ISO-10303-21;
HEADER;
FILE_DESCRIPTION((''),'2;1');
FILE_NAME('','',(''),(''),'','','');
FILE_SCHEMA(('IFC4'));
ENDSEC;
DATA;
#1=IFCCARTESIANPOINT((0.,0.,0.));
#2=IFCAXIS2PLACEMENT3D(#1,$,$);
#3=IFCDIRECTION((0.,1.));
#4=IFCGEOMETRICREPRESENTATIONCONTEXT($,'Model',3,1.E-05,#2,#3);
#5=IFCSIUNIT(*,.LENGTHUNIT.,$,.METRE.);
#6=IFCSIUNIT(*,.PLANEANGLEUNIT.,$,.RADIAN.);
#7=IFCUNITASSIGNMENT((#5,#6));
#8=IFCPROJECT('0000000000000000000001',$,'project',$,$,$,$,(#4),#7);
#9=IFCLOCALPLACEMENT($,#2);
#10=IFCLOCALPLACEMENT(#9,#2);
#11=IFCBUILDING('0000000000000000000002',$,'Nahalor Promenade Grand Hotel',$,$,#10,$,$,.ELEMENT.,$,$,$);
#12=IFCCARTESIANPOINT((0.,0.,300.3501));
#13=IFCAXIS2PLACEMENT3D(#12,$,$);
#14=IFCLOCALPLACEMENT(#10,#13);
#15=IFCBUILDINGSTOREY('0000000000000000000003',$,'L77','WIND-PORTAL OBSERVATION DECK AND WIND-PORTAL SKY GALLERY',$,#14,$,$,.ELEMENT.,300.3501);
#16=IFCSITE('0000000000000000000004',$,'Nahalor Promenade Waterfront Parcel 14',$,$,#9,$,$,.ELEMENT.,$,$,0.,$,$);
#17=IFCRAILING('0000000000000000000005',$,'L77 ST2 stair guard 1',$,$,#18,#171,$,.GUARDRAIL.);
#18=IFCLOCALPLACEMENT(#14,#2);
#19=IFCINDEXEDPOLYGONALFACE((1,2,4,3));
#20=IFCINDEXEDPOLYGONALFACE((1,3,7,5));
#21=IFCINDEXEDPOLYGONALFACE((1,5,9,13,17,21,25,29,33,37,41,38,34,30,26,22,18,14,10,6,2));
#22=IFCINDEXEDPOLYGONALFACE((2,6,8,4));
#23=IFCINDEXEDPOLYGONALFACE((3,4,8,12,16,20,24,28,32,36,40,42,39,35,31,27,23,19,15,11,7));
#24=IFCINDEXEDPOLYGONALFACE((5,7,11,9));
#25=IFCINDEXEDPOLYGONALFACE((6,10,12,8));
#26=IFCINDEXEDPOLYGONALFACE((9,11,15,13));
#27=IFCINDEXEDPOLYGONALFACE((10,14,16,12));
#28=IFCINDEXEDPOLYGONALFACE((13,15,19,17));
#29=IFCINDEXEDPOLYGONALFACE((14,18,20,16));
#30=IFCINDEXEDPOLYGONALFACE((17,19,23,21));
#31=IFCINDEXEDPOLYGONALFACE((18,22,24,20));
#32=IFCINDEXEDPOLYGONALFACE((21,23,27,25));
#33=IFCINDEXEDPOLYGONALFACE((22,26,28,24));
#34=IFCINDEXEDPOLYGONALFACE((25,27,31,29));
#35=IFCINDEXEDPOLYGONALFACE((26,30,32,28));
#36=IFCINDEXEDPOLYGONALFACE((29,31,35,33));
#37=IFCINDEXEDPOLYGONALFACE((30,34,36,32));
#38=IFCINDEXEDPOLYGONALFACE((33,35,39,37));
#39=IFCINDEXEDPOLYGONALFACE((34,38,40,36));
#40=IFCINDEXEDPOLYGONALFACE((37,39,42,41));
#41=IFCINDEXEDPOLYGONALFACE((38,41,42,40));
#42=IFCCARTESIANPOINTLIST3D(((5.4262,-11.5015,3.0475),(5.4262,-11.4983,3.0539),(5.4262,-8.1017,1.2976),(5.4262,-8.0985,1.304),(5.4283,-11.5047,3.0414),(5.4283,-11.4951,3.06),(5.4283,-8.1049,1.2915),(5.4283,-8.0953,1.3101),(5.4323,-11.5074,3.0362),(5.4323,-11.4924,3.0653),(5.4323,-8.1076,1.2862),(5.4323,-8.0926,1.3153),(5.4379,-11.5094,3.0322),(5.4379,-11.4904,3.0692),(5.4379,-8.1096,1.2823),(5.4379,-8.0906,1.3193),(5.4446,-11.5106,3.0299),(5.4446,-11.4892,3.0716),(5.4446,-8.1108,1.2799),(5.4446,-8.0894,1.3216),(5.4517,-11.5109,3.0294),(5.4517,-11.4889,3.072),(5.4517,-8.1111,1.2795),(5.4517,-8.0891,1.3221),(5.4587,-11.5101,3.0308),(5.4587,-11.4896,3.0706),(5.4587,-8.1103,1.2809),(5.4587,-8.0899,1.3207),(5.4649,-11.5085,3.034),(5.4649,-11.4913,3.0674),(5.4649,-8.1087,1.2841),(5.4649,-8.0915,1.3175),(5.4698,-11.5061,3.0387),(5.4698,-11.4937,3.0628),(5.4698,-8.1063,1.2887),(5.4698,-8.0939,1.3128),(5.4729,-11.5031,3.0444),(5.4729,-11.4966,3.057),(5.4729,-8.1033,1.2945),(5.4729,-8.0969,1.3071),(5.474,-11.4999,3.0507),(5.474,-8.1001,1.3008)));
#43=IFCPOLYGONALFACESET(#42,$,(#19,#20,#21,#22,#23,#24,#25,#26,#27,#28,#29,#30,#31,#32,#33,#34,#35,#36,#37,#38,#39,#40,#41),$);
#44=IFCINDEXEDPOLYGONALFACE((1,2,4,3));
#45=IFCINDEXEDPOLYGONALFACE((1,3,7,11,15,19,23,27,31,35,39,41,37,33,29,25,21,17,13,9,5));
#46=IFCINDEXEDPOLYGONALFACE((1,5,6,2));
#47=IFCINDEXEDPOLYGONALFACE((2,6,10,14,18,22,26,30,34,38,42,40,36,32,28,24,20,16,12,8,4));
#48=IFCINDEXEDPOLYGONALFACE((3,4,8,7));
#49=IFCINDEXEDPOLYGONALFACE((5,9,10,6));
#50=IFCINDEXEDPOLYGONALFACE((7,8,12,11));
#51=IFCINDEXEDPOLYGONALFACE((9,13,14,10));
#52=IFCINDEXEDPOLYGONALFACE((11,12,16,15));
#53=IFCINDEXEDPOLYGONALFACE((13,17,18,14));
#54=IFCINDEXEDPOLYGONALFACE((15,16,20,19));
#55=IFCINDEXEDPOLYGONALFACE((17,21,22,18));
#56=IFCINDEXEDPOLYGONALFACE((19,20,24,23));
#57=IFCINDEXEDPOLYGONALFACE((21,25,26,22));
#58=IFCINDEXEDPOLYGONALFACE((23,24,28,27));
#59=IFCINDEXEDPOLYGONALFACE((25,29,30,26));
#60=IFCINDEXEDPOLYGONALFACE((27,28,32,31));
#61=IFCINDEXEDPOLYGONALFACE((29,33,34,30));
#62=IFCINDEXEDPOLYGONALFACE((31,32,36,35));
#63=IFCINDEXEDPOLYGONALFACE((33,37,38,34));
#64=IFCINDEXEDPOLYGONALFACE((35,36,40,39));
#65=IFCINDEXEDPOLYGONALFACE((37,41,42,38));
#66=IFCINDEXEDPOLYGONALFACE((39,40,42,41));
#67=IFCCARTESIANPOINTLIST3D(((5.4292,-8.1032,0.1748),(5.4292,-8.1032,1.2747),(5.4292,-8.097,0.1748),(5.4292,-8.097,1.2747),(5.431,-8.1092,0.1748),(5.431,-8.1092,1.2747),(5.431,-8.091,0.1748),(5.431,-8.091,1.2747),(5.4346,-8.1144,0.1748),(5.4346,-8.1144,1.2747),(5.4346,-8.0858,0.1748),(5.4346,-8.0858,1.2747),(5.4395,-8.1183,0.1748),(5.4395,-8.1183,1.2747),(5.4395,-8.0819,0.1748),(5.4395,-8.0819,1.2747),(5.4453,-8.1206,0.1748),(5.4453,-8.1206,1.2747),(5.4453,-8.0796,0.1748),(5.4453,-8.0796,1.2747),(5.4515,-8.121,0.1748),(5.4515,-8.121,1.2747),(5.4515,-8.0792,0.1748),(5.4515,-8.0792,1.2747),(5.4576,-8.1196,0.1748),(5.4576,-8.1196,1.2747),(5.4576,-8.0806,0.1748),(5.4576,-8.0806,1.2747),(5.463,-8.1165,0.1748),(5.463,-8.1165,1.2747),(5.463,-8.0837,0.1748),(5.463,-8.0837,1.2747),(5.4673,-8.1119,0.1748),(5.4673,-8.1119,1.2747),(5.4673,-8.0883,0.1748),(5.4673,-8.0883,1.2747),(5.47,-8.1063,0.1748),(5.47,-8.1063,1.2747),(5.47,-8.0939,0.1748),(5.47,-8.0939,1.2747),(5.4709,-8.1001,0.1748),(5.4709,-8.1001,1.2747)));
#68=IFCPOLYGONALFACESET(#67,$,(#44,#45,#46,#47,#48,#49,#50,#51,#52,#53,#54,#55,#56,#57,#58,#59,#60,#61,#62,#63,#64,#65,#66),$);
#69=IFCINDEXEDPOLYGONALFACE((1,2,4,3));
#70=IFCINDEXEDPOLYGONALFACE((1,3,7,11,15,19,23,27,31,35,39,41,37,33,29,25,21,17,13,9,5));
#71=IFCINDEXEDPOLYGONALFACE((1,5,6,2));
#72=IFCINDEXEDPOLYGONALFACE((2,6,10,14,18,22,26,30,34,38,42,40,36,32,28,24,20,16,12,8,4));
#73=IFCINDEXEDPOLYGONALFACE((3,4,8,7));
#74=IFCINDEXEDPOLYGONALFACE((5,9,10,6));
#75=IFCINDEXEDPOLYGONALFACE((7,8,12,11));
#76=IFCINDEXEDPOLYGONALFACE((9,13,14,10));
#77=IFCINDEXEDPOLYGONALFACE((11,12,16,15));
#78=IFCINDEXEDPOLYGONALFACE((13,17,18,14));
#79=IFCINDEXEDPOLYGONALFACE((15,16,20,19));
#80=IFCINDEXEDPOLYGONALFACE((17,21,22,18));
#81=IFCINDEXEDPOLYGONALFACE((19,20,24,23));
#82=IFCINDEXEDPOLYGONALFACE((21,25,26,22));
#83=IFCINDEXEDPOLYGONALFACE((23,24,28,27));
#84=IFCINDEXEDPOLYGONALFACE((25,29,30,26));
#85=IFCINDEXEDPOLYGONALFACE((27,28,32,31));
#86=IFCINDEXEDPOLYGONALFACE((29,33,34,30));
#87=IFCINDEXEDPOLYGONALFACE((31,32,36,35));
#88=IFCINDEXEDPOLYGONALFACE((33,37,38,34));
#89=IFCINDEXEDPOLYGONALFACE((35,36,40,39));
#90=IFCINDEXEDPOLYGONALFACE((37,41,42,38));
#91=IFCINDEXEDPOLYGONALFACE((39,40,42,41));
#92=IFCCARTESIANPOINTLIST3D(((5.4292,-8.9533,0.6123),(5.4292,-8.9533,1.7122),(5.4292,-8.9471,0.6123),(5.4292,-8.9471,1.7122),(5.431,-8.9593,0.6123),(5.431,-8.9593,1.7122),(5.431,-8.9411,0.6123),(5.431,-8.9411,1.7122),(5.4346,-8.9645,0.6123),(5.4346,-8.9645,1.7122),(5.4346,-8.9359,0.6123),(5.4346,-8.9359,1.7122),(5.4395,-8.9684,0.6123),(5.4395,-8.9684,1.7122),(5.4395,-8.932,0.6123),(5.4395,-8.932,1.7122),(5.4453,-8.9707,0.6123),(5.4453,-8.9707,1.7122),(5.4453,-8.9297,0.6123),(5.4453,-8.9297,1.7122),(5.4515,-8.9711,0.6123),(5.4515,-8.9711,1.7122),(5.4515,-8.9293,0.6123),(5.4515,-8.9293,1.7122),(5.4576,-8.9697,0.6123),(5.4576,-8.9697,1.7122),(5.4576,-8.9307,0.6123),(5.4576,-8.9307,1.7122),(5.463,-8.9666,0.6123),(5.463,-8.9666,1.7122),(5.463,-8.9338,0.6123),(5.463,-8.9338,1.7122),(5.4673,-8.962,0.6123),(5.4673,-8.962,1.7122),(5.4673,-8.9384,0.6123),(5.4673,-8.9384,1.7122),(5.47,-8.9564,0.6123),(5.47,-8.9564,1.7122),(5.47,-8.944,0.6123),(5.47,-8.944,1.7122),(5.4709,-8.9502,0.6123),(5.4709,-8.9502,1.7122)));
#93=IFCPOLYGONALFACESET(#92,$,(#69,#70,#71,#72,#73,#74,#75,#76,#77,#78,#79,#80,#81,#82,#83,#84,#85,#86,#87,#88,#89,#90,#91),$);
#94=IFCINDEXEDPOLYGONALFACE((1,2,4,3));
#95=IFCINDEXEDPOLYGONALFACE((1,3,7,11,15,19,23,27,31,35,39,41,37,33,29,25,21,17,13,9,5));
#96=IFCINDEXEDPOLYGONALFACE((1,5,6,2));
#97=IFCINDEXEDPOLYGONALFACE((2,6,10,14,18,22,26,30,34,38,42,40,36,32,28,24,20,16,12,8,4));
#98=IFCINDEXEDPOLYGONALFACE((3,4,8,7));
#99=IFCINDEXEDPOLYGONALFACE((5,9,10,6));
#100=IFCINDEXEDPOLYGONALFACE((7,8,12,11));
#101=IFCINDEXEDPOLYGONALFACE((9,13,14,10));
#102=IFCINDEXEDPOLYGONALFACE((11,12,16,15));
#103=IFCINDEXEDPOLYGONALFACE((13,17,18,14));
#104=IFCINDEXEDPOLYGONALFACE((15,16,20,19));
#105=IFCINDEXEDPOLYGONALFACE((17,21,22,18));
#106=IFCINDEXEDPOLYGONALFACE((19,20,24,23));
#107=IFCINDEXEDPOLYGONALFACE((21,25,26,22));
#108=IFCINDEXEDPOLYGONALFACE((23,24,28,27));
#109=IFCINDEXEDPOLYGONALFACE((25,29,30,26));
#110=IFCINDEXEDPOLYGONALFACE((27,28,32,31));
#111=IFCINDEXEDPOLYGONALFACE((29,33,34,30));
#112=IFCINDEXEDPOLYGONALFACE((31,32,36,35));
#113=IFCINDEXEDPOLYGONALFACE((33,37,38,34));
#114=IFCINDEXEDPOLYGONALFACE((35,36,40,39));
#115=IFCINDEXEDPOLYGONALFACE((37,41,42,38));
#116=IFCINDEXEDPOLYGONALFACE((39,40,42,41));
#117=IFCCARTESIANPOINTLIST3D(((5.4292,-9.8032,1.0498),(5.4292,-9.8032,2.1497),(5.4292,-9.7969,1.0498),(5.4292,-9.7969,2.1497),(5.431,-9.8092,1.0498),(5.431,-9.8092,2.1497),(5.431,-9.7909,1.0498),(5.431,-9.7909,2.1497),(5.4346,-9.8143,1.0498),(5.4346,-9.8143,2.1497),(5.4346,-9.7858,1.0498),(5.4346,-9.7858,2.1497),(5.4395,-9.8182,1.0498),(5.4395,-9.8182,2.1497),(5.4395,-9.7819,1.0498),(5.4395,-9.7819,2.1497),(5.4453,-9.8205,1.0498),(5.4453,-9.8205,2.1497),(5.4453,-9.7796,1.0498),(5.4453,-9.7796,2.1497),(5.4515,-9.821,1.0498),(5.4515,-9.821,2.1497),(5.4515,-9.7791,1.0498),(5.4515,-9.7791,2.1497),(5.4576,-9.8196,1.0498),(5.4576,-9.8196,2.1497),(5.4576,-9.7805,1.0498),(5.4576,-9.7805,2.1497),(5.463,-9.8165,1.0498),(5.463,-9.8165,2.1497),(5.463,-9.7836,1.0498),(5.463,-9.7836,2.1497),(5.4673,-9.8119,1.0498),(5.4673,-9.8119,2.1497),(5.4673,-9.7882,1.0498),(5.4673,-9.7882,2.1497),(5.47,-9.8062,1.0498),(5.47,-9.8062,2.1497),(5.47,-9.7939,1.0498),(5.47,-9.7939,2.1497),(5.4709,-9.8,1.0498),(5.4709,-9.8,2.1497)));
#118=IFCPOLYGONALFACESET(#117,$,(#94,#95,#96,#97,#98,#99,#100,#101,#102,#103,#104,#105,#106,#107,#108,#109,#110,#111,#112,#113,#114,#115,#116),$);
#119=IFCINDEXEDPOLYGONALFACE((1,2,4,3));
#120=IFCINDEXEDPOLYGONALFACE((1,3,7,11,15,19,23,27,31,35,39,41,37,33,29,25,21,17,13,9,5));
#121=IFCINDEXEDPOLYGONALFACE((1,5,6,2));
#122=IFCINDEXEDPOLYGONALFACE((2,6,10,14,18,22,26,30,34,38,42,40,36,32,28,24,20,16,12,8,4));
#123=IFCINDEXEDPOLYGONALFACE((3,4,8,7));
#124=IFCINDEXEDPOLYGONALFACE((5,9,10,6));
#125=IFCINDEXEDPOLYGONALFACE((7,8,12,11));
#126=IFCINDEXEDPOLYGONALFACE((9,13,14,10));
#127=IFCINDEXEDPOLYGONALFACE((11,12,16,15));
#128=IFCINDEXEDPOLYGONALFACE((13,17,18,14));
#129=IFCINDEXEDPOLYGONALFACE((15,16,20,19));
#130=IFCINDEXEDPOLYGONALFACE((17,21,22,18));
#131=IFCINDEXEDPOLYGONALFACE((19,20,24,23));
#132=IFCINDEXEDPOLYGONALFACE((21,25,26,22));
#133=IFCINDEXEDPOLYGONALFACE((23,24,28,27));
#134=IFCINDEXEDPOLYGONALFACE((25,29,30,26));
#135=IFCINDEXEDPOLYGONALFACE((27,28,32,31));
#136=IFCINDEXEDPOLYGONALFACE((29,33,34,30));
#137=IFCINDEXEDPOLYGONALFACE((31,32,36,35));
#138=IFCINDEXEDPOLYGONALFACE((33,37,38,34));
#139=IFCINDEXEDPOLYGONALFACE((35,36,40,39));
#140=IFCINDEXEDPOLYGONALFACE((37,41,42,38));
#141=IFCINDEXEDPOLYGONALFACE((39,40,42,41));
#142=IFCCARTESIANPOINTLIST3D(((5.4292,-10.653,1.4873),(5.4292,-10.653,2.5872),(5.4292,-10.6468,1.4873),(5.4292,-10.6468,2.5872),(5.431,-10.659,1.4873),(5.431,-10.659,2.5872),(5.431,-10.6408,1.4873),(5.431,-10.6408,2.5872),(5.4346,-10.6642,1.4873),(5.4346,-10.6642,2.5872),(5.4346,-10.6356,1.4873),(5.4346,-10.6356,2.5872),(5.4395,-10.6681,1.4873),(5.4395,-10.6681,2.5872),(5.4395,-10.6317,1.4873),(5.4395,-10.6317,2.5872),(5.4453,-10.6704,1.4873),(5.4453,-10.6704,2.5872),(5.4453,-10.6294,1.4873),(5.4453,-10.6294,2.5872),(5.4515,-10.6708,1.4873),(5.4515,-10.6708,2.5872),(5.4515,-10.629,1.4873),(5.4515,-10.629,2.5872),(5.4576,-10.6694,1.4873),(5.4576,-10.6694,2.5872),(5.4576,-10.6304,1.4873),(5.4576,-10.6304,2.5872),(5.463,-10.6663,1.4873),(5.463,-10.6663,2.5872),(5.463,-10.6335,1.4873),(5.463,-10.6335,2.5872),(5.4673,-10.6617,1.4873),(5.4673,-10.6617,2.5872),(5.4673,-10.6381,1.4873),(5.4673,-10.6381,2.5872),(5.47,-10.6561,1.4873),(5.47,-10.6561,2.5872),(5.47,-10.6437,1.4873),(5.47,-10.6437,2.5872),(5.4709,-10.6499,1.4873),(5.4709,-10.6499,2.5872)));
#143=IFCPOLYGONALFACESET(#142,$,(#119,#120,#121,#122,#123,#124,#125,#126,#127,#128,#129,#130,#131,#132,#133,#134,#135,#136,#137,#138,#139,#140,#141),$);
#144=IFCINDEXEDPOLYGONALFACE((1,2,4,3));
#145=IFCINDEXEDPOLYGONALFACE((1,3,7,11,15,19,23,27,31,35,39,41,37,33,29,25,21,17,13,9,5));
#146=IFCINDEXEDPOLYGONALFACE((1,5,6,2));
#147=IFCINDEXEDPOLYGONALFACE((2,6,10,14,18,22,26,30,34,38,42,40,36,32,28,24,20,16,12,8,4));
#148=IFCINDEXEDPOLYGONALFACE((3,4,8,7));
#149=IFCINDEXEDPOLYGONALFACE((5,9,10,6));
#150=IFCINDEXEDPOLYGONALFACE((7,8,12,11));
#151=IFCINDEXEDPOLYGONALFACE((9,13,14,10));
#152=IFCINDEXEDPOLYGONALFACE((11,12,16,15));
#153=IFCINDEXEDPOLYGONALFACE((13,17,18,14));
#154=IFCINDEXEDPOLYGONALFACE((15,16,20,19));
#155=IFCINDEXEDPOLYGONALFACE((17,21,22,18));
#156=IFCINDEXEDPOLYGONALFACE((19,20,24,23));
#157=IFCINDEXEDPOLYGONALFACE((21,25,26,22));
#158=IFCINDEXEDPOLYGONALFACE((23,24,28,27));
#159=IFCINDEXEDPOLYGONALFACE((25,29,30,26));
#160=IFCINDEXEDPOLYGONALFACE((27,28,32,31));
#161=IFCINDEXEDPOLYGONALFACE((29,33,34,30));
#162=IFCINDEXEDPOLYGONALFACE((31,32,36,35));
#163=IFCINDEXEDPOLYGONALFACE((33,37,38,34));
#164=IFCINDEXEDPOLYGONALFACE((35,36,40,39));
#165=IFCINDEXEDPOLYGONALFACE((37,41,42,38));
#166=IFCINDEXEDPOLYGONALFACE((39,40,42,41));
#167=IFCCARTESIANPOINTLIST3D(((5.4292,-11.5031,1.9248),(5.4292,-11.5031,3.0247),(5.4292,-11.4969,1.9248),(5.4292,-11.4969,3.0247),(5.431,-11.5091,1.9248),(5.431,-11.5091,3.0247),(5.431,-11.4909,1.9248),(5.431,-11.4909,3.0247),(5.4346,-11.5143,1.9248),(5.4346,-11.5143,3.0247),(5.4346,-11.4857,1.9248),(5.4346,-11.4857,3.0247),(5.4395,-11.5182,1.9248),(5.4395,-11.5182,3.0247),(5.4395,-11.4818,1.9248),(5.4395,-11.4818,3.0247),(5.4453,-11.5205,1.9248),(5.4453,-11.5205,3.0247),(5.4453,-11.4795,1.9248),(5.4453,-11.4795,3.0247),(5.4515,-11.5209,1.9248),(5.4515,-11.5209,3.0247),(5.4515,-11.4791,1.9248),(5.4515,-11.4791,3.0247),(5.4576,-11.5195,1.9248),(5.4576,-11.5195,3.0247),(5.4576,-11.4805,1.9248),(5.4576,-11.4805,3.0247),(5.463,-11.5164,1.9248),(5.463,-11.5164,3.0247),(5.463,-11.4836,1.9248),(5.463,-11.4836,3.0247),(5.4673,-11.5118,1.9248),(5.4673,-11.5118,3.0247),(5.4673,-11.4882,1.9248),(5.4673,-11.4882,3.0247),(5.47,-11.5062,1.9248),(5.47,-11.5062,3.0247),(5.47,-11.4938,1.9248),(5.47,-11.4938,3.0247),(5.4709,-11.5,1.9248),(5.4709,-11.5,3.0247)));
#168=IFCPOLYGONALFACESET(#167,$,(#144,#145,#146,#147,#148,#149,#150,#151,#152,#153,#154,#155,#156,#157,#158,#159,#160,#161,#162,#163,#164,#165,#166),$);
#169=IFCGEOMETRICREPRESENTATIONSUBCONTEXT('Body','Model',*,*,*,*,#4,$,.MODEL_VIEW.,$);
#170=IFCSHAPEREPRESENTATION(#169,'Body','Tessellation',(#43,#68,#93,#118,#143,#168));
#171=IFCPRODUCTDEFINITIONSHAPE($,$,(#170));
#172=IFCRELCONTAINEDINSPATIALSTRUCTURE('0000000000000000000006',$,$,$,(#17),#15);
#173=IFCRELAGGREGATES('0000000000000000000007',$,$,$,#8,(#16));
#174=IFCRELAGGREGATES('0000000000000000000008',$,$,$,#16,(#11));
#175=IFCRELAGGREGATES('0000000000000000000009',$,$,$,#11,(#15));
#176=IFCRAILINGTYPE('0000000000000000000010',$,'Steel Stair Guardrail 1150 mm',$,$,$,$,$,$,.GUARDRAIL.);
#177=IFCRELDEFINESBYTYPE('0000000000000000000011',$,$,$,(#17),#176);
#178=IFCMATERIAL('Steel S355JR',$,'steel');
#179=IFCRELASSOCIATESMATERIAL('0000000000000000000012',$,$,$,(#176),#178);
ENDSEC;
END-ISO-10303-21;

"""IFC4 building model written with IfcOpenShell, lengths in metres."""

from ifc_helpers import new_model, si_unit, direction, frame, origin, origin_2d, place, context, subcontext, project, spatial, circle, extrude, material, type_object, element, save


model = new_model("IFC4")

# Units and contexts
model_context = context("Model", 3, precision=1e-05, world=origin(), true_north=direction((0.0, 1.0)))
body_context = subcontext(model_context, "Body", "Model", "MODEL_VIEW")
ifc_project = project(units=[si_unit("LENGTHUNIT", "METRE"), si_unit("PLANEANGLEUNIT", "RADIAN")], contexts=[model_context])

# Site, building, storey
site_placement = place(None, origin())
site = spatial("IfcSite", under=ifc_project, at=site_placement, Name="Nahalor Promenade Waterfront Parcel 14", CompositionType="ELEMENT", RefElevation=0.0)
building_placement = place(site_placement, origin())
building = spatial("IfcBuilding", under=site, at=building_placement, Name="Nahalor Promenade Grand Hotel", CompositionType="ELEMENT")
storey_placement = place(building_placement, frame((0.0, 0.0, 300.3501)))
storey = spatial("IfcBuildingStorey", under=building, at=storey_placement, Name="L77", Description="WIND-PORTAL OBSERVATION DECK AND WIND-PORTAL SKY GALLERY", CompositionType="ELEMENT", Elevation=300.3501)

# Shared definitions
ifc_material_1 = material(Name="Steel S355JR", Category="steel")

# Railing
railing_type_1 = type_object("IfcRailingType", Name="Steel Stair Guardrail 1150 mm", PredefinedType="GUARDRAIL", material=ifc_material_1)
railing_1_placement = place(storey_placement, frame((5.45, -8.1001, 0.1748)))
element("IfcRailing", 1, at=railing_1_placement, inside=storey, type_object=railing_type_1, Name="L77 ST2 stair guard 1", PredefinedType="GUARDRAIL", context=body_context, shape_type="SweptSolid", body=[
    extrude(circle(Radius=0.024, at=origin_2d()), frame((0.0, 0.0, 1.126), z_axis=(0.0, -0.88913, 0.457654), x_axis=(1.0, 0.0, 0.0)), (0.0, 0.0, 1.0), 3.8237),
    extrude(circle(Radius=0.021, at=origin_2d()), origin(), (0.0, 0.0, 1.0), 1.0999),
    extrude(circle(Radius=0.021, at=origin_2d()), frame((0.0, -0.8501, 0.4375)), (0.0, 0.0, 1.0), 1.0999),
    extrude(circle(Radius=0.021, at=origin_2d()), frame((0.0, -1.7, 0.875)), (0.0, 0.0, 1.0), 1.0999),
    extrude(circle(Radius=0.021, at=origin_2d()), frame((0.0, -2.5498, 1.3125)), (0.0, 0.0, 1.0), 1.0999),
    extrude(circle(Radius=0.021, at=origin_2d()), frame((0.0, -3.3999, 1.75)), (0.0, 0.0, 1.0), 1.0999),
])

save(model, "model.ifc")
